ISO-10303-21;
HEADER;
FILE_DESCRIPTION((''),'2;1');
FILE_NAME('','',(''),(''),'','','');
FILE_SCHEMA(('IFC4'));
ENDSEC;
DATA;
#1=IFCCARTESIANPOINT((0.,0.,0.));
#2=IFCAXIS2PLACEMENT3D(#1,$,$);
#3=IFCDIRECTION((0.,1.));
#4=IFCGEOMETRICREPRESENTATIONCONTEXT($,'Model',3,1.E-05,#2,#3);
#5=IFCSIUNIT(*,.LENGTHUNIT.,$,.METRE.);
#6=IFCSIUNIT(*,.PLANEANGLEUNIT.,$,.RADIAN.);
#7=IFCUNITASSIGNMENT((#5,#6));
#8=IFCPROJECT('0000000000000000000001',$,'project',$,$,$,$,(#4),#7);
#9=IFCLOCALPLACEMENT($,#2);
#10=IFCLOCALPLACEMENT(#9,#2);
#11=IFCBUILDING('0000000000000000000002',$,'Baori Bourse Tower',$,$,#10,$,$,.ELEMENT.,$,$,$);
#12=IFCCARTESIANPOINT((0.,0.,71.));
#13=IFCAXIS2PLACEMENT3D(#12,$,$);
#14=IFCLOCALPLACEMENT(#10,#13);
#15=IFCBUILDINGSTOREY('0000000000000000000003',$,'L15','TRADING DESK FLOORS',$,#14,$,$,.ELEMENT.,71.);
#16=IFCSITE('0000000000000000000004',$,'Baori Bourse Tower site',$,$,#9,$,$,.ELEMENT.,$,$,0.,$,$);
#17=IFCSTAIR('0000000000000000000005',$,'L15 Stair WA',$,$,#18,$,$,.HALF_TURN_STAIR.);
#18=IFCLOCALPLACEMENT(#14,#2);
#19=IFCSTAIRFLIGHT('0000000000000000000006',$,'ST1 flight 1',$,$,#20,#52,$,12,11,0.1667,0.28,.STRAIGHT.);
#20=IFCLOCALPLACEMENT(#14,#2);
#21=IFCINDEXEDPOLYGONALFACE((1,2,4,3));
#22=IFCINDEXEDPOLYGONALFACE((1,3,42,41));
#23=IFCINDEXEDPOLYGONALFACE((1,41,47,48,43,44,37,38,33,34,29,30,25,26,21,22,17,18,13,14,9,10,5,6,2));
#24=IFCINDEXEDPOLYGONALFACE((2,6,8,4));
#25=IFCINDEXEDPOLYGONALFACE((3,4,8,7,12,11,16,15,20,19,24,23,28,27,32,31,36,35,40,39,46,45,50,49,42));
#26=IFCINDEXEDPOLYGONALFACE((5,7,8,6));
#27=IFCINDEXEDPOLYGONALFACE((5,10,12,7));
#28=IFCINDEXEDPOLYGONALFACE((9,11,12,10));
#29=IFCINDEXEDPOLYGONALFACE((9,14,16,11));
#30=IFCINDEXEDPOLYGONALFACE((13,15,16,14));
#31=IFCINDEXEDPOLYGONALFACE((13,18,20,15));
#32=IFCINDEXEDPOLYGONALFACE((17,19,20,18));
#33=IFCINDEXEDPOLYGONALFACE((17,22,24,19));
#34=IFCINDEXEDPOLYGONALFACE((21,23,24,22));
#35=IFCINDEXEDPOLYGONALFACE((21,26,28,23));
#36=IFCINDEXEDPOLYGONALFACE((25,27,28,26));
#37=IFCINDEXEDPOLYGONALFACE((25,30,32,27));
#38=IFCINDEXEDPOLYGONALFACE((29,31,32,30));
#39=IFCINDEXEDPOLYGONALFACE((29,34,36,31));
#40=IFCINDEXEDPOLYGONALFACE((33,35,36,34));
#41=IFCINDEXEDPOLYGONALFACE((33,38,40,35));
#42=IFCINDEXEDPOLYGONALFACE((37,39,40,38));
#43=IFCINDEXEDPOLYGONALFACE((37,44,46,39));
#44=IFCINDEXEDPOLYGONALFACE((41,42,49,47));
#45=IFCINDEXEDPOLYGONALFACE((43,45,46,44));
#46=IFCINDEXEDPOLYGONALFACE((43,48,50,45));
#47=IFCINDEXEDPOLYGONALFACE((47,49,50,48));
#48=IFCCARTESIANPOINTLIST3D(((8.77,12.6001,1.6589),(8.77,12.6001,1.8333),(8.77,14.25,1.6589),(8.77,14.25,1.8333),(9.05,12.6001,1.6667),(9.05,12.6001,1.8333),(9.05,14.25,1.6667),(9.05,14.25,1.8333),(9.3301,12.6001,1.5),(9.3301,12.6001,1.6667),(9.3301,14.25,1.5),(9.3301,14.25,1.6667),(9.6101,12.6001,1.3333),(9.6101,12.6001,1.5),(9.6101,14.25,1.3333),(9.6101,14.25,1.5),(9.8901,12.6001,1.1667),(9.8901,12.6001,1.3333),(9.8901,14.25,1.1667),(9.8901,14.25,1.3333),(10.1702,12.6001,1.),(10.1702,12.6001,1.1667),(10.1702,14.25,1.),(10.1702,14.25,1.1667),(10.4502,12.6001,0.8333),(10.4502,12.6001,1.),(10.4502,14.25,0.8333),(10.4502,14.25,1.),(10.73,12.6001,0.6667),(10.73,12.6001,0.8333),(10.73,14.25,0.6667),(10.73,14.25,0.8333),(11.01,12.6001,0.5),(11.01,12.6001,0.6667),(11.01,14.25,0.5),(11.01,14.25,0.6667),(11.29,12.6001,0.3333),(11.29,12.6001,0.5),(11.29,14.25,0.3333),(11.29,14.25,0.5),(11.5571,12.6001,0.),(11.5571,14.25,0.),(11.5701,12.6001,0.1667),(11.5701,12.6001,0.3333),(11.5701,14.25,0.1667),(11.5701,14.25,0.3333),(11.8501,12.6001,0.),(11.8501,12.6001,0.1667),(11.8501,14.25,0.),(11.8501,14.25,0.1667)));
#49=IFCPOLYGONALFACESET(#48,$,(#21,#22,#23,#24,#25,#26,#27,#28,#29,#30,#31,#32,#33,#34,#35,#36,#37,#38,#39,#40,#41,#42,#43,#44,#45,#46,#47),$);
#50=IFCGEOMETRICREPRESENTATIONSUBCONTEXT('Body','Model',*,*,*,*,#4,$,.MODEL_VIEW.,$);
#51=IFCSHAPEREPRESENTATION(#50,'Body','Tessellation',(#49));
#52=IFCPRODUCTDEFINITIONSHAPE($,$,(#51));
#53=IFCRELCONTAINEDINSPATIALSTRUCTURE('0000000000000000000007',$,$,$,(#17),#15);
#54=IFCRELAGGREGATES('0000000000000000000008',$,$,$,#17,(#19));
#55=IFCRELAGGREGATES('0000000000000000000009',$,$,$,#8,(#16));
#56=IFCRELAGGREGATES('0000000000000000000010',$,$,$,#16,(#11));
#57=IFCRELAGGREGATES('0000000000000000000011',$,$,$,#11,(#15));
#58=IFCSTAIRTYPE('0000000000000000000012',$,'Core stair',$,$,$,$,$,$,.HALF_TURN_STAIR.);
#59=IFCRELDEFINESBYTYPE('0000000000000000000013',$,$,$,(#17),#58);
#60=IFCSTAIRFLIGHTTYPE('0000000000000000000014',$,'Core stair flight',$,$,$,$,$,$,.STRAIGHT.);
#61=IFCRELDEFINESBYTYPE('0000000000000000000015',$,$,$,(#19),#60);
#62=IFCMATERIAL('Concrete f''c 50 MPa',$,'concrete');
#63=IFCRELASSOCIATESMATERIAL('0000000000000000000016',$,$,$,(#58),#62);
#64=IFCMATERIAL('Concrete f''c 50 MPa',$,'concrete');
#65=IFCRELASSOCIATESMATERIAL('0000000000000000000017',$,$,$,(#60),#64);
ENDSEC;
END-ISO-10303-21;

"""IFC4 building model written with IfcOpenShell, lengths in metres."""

from ifc_helpers import new_model, si_unit, direction, frame, origin, place, context, subcontext, project, spatial, polyline, outline, extrude, material, type_object, element, aggregate, save


model = new_model("IFC4")

# Units and contexts
model_context = context("Model", 3, precision=1e-05, world=origin(), true_north=direction((0.0, 1.0)))
body_context = subcontext(model_context, "Body", "Model", "MODEL_VIEW")
ifc_project = project(units=[si_unit("LENGTHUNIT", "METRE"), si_unit("PLANEANGLEUNIT", "RADIAN")], contexts=[model_context])

# Site, building, storey
site_placement = place(None, origin())
site = spatial("IfcSite", under=ifc_project, at=site_placement, Name="Baori Bourse Tower site", CompositionType="ELEMENT", RefElevation=0.0)
building_placement = place(site_placement, origin())
building = spatial("IfcBuilding", under=site, at=building_placement, Name="Baori Bourse Tower", CompositionType="ELEMENT")
storey_placement = place(building_placement, frame((0.0, 0.0, 71.0)))
storey = spatial("IfcBuildingStorey", under=building, at=storey_placement, Name="L15", Description="TRADING DESK FLOORS", CompositionType="ELEMENT", Elevation=71.0)

# Stair, stair flight
ifc_material_1 = material(Name="Concrete f'c 50 MPa", Category="concrete")
stair_type = type_object("IfcStairType", Name="Core stair", PredefinedType="HALF_TURN_STAIR", material=ifc_material_1)
stair_placement = place(storey_placement, origin())
stair = element("IfcStair", 1, at=stair_placement, inside=storey, type_object=stair_type, Name="L15 Stair WA", PredefinedType="HALF_TURN_STAIR")
ifc_material_2 = material(Name="Concrete f'c 50 MPa", Category="concrete")
stair_flight_type = type_object("IfcStairFlightType", Name="Core stair flight", PredefinedType="STRAIGHT", material=ifc_material_2)
stair_flight_placement = place(storey_placement, frame((11.8501, 13.425, 0.0), z_axis=(0.0, 0.0, 1.0), x_axis=(-1.0, 0.0, 0.0)))
stair_flight = element("IfcStairFlight", 2, at=stair_flight_placement, type_object=stair_flight_type, Name="ST1 flight 1", NumberOfRisers=12, NumberOfTreads=11, PredefinedType="STRAIGHT", RiserHeight=0.1667, TreadLength=0.28, context=body_context, shape_type="SweptSolid", body=[
    extrude(outline(polyline([(0.0, 0.0), (0.0, 0.1667), (0.28, 0.1667), (0.28, 0.3333), (0.5601, 0.3333), (0.5601, 0.5), (0.8401, 0.5), (0.8401, 0.6667), (1.1201, 0.6667), (1.1201, 0.8333), (1.3999, 0.8333), (1.3999, 1.0), (1.6799, 1.0), (1.6799, 1.1667), (1.96, 1.1667), (1.96, 1.3333), (2.24, 1.3333), (2.24, 1.5), (2.52, 1.5), (2.52, 1.6667), (2.8, 1.6667), (2.8, 1.8333), (3.0801, 1.8333), (3.0801, 2.0), (3.0801, 1.6589), (0.293, 0.0), (0.0, 0.0)])), frame((0.0, 0.825, 0.0), z_axis=(0.0, -1.0, 0.0), x_axis=(1.0, 0.0, 0.0)), (0.0, 0.0, 1.0), 1.6499),
])
aggregate(stair, [stair_flight])

save(model, "model.ifc")
